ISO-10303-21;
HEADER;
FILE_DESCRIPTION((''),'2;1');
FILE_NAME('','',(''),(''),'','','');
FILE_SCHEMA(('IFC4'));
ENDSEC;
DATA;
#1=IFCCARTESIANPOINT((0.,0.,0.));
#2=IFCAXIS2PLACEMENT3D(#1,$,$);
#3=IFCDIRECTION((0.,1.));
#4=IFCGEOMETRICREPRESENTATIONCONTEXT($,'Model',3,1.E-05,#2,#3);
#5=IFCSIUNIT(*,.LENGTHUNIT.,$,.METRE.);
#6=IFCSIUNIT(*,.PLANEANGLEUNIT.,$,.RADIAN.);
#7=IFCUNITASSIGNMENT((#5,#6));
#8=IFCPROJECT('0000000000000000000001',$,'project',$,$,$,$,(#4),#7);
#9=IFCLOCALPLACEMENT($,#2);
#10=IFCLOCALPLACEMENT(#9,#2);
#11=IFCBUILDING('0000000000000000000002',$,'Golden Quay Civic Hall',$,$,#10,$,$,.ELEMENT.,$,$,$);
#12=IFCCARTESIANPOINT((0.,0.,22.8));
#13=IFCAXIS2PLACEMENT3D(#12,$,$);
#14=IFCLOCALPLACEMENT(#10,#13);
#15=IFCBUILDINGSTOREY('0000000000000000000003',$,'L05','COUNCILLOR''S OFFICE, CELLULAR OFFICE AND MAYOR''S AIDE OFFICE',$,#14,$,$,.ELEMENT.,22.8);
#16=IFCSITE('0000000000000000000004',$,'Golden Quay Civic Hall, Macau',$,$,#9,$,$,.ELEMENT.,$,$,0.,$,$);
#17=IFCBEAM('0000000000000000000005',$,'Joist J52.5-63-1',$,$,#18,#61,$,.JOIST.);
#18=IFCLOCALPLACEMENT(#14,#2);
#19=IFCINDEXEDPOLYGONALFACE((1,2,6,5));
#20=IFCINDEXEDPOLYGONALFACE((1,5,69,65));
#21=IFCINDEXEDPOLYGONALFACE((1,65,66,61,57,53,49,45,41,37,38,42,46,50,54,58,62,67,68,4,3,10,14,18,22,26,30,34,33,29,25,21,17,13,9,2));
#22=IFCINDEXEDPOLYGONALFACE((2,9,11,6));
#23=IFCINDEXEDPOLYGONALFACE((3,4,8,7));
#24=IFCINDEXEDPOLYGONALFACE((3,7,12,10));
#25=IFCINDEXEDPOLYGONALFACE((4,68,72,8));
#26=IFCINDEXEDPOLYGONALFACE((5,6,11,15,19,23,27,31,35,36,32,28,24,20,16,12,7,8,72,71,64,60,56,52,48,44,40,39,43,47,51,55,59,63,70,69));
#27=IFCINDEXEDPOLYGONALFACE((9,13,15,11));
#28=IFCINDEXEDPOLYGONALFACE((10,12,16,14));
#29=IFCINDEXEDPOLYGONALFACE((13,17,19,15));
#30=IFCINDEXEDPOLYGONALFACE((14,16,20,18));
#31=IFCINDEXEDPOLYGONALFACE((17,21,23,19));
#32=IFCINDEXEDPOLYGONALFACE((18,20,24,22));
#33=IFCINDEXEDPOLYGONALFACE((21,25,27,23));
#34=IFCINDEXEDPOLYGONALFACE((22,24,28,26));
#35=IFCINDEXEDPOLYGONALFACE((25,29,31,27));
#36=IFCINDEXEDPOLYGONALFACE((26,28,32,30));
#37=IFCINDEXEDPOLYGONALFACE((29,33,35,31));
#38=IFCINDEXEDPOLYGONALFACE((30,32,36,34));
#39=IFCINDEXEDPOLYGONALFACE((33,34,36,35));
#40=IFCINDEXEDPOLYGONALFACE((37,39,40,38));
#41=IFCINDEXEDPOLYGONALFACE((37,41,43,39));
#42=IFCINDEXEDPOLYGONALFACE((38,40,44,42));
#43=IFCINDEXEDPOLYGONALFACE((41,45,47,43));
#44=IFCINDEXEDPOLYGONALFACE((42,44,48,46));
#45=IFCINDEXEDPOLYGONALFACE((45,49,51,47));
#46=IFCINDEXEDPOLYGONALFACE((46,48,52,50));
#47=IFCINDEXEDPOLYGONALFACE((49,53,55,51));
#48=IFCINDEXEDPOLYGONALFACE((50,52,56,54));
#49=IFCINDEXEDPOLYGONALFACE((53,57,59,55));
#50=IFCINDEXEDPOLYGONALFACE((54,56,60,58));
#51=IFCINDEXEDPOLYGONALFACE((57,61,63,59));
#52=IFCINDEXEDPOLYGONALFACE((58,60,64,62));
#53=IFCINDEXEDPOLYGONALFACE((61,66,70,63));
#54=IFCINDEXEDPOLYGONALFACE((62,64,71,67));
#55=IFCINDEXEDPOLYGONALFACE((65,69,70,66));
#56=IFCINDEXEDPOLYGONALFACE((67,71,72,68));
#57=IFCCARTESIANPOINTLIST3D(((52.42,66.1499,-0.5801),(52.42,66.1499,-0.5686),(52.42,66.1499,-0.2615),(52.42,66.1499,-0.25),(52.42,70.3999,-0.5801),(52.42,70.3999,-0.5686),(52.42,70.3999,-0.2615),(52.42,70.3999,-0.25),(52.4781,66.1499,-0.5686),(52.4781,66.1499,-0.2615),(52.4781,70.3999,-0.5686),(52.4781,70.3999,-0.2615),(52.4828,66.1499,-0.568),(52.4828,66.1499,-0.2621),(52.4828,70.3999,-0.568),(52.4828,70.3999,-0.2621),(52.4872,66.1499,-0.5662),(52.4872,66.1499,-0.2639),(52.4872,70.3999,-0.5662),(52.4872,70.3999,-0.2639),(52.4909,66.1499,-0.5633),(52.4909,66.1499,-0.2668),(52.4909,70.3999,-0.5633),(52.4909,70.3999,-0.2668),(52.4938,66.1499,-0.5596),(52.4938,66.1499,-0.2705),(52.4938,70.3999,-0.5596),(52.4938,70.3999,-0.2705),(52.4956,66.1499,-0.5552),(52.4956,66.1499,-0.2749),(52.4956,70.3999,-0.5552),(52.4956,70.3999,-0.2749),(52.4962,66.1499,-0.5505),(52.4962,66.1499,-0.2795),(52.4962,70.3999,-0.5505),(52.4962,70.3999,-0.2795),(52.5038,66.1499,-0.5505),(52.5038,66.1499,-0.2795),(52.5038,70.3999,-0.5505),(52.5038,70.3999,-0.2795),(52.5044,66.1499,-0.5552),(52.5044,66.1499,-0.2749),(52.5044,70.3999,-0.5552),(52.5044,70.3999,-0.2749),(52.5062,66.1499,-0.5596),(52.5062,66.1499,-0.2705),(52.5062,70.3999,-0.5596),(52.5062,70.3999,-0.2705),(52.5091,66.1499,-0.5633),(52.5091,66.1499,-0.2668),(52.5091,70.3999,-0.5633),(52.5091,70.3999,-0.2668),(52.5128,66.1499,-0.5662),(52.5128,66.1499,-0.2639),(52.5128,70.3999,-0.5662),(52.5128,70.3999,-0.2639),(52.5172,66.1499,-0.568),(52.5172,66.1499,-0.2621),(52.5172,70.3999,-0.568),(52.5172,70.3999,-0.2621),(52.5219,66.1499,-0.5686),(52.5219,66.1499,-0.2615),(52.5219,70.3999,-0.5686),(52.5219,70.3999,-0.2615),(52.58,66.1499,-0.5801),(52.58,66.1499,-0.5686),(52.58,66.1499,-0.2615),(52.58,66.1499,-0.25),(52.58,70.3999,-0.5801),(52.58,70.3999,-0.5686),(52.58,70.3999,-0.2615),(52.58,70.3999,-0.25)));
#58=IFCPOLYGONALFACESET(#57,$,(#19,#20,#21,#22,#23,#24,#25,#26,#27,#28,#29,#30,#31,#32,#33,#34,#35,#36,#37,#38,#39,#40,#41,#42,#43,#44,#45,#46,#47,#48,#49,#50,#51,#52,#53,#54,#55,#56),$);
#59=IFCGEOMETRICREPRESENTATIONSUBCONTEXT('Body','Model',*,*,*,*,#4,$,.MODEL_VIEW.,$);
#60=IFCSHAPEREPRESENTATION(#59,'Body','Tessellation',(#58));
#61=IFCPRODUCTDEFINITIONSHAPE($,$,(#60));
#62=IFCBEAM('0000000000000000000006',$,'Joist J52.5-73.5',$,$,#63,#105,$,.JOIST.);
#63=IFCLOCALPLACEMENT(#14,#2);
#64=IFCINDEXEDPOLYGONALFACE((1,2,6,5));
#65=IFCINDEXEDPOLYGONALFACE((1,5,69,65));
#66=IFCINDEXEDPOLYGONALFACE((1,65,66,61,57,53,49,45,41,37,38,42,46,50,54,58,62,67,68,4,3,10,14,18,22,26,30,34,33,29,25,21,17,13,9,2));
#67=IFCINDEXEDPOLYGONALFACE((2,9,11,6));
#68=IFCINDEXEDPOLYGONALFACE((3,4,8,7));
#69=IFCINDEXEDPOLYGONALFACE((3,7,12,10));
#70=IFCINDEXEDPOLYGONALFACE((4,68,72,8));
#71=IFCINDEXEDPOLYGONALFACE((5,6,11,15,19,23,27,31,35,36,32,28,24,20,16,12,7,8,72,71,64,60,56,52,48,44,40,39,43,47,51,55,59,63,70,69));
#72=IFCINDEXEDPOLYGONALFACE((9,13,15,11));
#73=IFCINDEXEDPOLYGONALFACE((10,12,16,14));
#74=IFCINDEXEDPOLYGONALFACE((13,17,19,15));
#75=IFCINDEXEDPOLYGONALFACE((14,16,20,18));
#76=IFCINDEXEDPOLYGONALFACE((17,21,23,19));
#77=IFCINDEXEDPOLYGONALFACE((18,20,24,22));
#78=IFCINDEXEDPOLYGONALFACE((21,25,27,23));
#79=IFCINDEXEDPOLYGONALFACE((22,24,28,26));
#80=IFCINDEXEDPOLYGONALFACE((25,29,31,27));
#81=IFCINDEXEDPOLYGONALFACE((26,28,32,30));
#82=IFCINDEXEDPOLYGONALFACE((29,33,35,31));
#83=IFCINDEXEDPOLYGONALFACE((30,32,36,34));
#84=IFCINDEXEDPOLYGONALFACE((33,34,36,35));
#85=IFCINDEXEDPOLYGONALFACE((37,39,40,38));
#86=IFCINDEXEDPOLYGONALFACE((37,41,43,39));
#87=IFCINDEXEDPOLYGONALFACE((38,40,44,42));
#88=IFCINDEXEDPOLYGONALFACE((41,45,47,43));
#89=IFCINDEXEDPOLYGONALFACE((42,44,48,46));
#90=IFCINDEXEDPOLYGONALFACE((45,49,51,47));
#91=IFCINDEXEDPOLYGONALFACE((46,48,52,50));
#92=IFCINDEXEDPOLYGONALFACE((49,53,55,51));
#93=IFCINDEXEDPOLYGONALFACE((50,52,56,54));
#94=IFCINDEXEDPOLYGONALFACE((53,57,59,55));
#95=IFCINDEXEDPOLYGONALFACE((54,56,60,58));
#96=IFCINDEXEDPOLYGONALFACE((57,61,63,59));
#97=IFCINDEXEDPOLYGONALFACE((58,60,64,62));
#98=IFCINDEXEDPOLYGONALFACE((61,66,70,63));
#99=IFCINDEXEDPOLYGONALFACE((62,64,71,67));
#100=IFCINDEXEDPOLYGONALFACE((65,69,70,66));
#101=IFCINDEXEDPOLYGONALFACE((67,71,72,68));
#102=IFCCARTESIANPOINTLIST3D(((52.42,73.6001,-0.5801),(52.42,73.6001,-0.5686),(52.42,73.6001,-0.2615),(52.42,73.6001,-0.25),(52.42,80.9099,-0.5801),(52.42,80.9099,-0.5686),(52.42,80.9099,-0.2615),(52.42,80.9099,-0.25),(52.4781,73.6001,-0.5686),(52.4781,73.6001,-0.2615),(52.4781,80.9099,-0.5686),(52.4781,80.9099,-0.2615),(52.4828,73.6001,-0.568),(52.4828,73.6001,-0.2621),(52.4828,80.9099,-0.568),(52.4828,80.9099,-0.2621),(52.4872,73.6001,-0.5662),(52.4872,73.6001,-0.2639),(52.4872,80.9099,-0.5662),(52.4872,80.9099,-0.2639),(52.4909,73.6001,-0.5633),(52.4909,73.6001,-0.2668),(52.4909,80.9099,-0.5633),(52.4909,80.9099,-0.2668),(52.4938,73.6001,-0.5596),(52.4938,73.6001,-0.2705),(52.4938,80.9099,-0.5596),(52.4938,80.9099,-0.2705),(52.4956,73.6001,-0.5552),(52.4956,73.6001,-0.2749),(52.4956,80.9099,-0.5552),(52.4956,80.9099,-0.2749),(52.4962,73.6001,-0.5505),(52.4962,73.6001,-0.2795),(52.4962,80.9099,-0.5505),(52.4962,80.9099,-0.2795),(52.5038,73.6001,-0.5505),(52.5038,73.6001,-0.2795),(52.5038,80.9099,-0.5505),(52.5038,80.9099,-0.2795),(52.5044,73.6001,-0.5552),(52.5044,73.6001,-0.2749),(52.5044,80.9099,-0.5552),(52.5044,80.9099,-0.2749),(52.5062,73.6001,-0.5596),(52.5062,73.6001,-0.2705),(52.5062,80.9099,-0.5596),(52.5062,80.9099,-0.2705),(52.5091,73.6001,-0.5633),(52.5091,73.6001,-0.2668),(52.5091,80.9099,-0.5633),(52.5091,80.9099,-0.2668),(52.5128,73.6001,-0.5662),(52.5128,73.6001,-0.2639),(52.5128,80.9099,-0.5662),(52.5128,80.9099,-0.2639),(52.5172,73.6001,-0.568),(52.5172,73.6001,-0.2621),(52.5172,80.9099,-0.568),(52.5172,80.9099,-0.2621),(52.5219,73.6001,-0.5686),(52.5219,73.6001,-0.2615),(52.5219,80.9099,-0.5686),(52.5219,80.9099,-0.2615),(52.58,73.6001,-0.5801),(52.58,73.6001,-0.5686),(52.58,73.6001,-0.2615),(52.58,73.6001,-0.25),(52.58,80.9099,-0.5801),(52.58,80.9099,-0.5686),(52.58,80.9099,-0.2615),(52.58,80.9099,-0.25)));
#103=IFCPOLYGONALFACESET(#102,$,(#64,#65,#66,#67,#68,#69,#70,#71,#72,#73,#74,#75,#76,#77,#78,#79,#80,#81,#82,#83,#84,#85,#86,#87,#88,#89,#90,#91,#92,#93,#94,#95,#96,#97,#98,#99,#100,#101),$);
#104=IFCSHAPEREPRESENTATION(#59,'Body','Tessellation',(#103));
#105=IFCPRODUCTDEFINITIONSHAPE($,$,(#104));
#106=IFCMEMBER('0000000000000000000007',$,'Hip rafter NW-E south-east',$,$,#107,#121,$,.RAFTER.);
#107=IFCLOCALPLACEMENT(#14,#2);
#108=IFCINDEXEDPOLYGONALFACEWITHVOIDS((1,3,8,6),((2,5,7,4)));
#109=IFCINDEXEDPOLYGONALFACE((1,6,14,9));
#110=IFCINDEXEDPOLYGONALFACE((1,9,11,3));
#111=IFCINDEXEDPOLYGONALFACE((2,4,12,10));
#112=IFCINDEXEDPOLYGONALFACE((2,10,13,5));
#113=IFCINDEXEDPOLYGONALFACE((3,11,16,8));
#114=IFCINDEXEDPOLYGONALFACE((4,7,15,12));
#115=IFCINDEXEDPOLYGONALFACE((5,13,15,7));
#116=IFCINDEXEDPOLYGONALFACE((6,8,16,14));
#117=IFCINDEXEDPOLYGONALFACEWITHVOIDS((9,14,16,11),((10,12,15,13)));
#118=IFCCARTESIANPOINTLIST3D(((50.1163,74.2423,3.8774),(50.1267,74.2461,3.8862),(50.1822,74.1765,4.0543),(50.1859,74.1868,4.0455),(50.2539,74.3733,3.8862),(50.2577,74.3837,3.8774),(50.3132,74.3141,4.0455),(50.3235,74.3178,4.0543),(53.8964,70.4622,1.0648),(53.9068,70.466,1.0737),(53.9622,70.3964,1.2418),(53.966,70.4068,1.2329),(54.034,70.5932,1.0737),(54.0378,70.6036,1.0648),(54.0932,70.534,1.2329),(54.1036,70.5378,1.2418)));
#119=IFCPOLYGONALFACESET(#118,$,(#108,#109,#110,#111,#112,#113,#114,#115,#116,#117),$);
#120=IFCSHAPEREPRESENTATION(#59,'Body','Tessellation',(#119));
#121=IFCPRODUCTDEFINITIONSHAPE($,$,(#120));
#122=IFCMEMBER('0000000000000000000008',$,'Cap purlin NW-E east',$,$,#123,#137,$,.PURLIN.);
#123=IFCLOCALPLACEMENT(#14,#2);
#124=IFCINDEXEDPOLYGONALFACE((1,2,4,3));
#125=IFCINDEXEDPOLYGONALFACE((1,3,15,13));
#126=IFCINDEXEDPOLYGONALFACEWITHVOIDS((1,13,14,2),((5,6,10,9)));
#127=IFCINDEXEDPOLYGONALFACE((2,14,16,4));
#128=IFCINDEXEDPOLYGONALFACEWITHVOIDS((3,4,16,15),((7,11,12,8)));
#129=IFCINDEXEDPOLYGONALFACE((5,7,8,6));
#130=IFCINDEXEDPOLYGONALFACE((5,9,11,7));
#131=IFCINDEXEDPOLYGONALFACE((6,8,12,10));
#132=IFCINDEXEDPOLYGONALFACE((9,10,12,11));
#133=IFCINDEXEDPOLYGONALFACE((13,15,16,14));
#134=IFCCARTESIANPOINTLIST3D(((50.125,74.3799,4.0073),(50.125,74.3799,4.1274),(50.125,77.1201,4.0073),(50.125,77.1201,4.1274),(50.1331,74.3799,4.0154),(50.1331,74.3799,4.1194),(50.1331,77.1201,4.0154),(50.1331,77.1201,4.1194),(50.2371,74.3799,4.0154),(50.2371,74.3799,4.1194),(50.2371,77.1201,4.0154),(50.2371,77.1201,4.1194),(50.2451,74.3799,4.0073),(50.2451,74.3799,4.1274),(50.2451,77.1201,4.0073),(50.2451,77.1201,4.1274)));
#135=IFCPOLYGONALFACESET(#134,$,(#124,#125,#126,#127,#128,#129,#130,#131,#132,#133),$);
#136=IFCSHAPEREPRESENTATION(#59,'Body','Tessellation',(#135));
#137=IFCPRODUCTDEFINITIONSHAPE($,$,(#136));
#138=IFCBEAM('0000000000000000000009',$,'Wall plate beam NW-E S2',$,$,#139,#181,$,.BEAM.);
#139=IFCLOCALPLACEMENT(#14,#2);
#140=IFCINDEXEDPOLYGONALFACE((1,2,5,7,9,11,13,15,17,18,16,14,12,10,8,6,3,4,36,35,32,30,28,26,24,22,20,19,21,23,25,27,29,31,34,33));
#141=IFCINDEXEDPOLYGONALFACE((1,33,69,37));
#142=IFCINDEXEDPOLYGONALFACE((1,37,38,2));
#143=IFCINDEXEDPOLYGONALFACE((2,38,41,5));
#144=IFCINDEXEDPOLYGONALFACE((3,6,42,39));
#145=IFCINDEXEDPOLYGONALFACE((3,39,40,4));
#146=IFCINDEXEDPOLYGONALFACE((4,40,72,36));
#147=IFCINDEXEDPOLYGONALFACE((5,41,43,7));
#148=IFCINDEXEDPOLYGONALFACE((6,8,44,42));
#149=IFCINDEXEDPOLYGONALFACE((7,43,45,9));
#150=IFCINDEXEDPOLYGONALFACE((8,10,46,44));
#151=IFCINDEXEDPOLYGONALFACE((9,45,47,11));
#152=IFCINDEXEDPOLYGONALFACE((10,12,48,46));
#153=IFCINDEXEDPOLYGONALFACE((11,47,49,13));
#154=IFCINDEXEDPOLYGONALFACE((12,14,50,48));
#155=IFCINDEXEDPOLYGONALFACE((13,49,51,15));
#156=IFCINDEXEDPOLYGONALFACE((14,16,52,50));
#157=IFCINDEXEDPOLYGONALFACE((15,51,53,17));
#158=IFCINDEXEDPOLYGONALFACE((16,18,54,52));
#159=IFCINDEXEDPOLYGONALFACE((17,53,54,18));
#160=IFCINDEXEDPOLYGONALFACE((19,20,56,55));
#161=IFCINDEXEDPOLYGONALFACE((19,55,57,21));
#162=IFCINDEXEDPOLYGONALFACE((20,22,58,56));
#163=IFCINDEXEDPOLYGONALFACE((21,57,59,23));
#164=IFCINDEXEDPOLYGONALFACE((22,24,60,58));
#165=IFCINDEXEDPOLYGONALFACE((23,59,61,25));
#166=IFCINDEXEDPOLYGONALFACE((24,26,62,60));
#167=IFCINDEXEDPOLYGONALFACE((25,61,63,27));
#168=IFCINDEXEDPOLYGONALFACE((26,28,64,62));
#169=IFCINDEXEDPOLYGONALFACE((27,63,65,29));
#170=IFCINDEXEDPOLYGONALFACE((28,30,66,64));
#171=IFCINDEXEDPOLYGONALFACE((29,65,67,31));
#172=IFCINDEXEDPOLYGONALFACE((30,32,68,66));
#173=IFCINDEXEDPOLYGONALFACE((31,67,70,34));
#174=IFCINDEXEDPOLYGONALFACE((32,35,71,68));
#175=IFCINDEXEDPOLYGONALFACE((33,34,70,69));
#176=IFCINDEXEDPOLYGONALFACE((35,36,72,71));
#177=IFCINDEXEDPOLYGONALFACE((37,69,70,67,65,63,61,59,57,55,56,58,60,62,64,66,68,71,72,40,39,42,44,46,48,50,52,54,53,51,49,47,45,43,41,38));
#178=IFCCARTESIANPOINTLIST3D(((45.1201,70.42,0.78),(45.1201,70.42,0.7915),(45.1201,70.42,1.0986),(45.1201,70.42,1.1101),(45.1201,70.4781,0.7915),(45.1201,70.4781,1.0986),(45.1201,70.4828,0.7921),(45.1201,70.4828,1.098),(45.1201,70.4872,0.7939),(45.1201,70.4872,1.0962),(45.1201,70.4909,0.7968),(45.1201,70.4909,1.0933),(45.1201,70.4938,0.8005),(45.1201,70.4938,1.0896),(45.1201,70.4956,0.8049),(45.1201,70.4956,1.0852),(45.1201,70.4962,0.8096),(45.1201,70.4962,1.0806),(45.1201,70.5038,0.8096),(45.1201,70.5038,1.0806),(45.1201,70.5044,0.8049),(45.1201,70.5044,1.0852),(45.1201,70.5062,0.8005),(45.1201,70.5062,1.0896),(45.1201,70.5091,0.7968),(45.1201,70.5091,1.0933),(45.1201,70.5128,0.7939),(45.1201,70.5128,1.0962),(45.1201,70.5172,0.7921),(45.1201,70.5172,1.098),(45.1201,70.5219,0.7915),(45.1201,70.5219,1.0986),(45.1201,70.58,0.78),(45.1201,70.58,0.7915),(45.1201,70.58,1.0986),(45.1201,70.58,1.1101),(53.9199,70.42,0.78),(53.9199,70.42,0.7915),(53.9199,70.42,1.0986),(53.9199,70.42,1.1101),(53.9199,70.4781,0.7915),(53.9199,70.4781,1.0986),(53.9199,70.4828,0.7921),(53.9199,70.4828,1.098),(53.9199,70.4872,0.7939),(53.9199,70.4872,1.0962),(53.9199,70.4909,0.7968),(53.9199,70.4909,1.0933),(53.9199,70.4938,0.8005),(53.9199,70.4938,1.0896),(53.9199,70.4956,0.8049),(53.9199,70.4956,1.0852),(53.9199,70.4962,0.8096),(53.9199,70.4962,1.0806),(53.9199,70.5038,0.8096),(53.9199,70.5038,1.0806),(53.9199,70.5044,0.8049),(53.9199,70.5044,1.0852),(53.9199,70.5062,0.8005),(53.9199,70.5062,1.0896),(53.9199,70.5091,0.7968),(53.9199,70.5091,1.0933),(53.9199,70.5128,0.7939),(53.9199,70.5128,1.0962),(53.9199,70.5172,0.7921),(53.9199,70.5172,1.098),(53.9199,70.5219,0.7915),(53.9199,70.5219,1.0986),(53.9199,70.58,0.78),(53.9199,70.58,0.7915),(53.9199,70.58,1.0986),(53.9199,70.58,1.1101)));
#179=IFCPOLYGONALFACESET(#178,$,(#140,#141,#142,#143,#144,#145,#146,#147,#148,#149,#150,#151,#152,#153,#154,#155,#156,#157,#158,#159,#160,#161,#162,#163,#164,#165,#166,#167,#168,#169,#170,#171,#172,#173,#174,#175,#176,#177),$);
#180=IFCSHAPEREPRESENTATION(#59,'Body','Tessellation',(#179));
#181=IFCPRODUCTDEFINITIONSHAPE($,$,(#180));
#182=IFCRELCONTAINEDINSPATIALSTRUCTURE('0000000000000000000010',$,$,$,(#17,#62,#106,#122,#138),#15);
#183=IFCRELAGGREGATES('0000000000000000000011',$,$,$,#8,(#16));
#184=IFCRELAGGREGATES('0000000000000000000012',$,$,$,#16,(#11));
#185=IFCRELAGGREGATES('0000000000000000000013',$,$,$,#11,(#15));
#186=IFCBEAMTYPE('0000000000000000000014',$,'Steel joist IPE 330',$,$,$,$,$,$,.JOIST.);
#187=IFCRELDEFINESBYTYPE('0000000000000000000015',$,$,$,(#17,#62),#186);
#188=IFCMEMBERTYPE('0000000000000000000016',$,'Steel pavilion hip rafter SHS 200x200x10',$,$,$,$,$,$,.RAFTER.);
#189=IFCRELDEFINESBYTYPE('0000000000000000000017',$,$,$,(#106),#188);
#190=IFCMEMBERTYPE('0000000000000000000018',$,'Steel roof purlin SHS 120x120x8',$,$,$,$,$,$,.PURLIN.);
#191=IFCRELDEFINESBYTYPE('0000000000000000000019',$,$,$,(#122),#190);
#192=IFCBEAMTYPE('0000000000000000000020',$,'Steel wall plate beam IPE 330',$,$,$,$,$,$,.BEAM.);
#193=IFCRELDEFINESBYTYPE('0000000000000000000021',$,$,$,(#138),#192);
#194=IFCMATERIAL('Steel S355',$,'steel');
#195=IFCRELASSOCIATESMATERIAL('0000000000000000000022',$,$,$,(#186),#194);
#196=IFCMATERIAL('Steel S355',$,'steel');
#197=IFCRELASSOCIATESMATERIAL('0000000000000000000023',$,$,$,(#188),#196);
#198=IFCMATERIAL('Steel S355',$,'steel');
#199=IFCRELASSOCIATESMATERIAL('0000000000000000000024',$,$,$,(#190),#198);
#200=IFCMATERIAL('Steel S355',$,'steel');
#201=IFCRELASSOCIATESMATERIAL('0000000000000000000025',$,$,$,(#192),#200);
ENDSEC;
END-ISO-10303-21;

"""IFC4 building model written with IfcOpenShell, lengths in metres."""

from ifc_helpers import new_model, si_unit, direction, frame, origin, origin_2d, place, context, subcontext, project, spatial, hollow_rectangle, i_section, extrude, material, material_profile, profile_set, type_object, element, save


model = new_model("IFC4")

# Units and contexts
model_context = context("Model", 3, precision=1e-05, world=origin(), true_north=direction((0.0, 1.0)))
body_context = subcontext(model_context, "Body", "Model", "MODEL_VIEW")
ifc_project = project(units=[si_unit("LENGTHUNIT", "METRE"), si_unit("PLANEANGLEUNIT", "RADIAN")], contexts=[model_context])

# Site, building, storey
site_placement = place(None, origin())
site = spatial("IfcSite", under=ifc_project, at=site_placement, Name="Golden Quay Civic Hall, Macau", CompositionType="ELEMENT", RefElevation=0.0)
building_placement = place(site_placement, origin())
building = spatial("IfcBuilding", under=site, at=building_placement, Name="Golden Quay Civic Hall", CompositionType="ELEMENT")
storey_placement = place(building_placement, frame((0.0, 0.0, 22.8)))
storey = spatial("IfcBuildingStorey", under=building, at=storey_placement, Name="L05", Description="COUNCILLOR'S OFFICE, CELLULAR OFFICE AND MAYOR'S AIDE OFFICE", CompositionType="ELEMENT", Elevation=22.8)

# Beams
ifc_material_1 = material(Name="Steel S355", Category="steel")
ifc_material_profile_1 = material_profile(ifc_material_1, i_section(OverallWidth=0.1599, OverallDepth=0.3301, WebThickness=0.0076, FlangeThickness=0.0115, FilletRadius=0.0181, at=origin_2d()), Name="IPE 330")
ifc_profile_set_1 = profile_set([ifc_material_profile_1], Name="Steel S355")
beam_type_1 = type_object("IfcBeamType", Name="Steel joist IPE 330", PredefinedType="JOIST", material=ifc_profile_set_1)
beam_1_placement = place(storey_placement, frame((52.5, 66.1499, -0.415), z_axis=(0.0, 1.0, 0.0), x_axis=(-1.0, 0.0, 0.0)))
element("IfcBeam", 1, at=beam_1_placement, inside=storey, type_object=beam_type_1, Name="Joist J52.5-63-1", PredefinedType="JOIST", context=body_context, shape_type="SweptSolid", body=[
    extrude(i_section(OverallWidth=0.1599, OverallDepth=0.3301, WebThickness=0.0076, FlangeThickness=0.0115, FilletRadius=0.0181, at=origin_2d()), origin(), (0.0, 0.0, 1.0), 4.25),
])
beam_2_placement = place(storey_placement, frame((52.5, 73.6001, -0.415), z_axis=(0.0, 1.0, 0.0), x_axis=(-1.0, 0.0, 0.0)))
element("IfcBeam", 2, at=beam_2_placement, inside=storey, type_object=beam_type_1, Name="Joist J52.5-73.5", PredefinedType="JOIST", context=body_context, shape_type="SweptSolid", body=[
    extrude(i_section(OverallWidth=0.1599, OverallDepth=0.3301, WebThickness=0.0076, FlangeThickness=0.0115, FilletRadius=0.0181, at=origin_2d()), origin(), (0.0, 0.0, 1.0), 7.3098),
])

# Members
ifc_material_2 = material(Name="Steel S355", Category="steel")
ifc_material_profile_2 = material_profile(ifc_material_2, hollow_rectangle(XDim=0.2, YDim=0.2, WallThickness=0.01, at=origin_2d()), Name="SHS 200x200x10")
ifc_profile_set_2 = profile_set([ifc_material_profile_2], Name="Steel S355")
member_type_1 = type_object("IfcMemberType", Name="Steel pavilion hip rafter SHS 200x200x10", PredefinedType="RAFTER", material=ifc_profile_set_2)
member_1_placement = place(storey_placement, frame((54.0, 70.5, 1.1533), z_axis=(-0.625783, 0.625783, 0.465609), x_axis=(-0.707107, -0.707107, 0.0)))
element("IfcMember", 3, at=member_1_placement, inside=storey, type_object=member_type_1, Name="Hip rafter NW-E south-east", PredefinedType="RAFTER", context=body_context, shape_type="SweptSolid", body=[
    extrude(hollow_rectangle(XDim=0.2, YDim=0.2, WallThickness=0.01, at=origin_2d()), origin(), (0.0, 0.0, 1.0), 6.0405),
])
ifc_material_3 = material(Name="Steel S355", Category="steel")
ifc_material_profile_3 = material_profile(ifc_material_3, hollow_rectangle(XDim=0.1201, YDim=0.1201, WallThickness=0.0081, at=origin_2d()), Name="SHS 120x120x8")
ifc_profile_set_3 = profile_set([ifc_material_profile_3], Name="Steel S355")
member_type_2 = type_object("IfcMemberType", Name="Steel roof purlin SHS 120x120x8", PredefinedType="PURLIN", material=ifc_profile_set_3)
member_2_placement = place(storey_placement, frame((50.1851, 74.3799, 4.0674), z_axis=(0.0, 1.0, 0.0), x_axis=(-1.0, 0.0, 0.0)))
element("IfcMember", 4, at=member_2_placement, inside=storey, type_object=member_type_2, Name="Cap purlin NW-E east", PredefinedType="PURLIN", context=body_context, shape_type="SweptSolid", body=[
    extrude(hollow_rectangle(XDim=0.1201, YDim=0.1201, WallThickness=0.0081, at=origin_2d()), origin(), (0.0, 0.0, 1.0), 2.7402),
])

# Beam
ifc_material_4 = material(Name="Steel S355", Category="steel")
ifc_material_profile_4 = material_profile(ifc_material_4, i_section(OverallWidth=0.1599, OverallDepth=0.3301, WebThickness=0.0076, FlangeThickness=0.0115, FilletRadius=0.0181, at=origin_2d()), Name="IPE 330")
ifc_profile_set_4 = profile_set([ifc_material_profile_4], Name="Steel S355")
beam_type_2 = type_object("IfcBeamType", Name="Steel wall plate beam IPE 330", PredefinedType="BEAM", material=ifc_profile_set_4)
beam_3_placement = place(storey_placement, frame((45.1201, 70.5, 0.9451), z_axis=(1.0, 0.0, 0.0), x_axis=(0.0, 1.0, 0.0)))
element("IfcBeam", 5, at=beam_3_placement, inside=storey, type_object=beam_type_2, Name="Wall plate beam NW-E S2", PredefinedType="BEAM", context=body_context, shape_type="SweptSolid", body=[
    extrude(i_section(OverallWidth=0.1599, OverallDepth=0.3301, WebThickness=0.0076, FlangeThickness=0.0115, FilletRadius=0.0181, at=origin_2d()), origin(), (0.0, 0.0, 1.0), 8.7998),
])

save(model, "model.ifc")
